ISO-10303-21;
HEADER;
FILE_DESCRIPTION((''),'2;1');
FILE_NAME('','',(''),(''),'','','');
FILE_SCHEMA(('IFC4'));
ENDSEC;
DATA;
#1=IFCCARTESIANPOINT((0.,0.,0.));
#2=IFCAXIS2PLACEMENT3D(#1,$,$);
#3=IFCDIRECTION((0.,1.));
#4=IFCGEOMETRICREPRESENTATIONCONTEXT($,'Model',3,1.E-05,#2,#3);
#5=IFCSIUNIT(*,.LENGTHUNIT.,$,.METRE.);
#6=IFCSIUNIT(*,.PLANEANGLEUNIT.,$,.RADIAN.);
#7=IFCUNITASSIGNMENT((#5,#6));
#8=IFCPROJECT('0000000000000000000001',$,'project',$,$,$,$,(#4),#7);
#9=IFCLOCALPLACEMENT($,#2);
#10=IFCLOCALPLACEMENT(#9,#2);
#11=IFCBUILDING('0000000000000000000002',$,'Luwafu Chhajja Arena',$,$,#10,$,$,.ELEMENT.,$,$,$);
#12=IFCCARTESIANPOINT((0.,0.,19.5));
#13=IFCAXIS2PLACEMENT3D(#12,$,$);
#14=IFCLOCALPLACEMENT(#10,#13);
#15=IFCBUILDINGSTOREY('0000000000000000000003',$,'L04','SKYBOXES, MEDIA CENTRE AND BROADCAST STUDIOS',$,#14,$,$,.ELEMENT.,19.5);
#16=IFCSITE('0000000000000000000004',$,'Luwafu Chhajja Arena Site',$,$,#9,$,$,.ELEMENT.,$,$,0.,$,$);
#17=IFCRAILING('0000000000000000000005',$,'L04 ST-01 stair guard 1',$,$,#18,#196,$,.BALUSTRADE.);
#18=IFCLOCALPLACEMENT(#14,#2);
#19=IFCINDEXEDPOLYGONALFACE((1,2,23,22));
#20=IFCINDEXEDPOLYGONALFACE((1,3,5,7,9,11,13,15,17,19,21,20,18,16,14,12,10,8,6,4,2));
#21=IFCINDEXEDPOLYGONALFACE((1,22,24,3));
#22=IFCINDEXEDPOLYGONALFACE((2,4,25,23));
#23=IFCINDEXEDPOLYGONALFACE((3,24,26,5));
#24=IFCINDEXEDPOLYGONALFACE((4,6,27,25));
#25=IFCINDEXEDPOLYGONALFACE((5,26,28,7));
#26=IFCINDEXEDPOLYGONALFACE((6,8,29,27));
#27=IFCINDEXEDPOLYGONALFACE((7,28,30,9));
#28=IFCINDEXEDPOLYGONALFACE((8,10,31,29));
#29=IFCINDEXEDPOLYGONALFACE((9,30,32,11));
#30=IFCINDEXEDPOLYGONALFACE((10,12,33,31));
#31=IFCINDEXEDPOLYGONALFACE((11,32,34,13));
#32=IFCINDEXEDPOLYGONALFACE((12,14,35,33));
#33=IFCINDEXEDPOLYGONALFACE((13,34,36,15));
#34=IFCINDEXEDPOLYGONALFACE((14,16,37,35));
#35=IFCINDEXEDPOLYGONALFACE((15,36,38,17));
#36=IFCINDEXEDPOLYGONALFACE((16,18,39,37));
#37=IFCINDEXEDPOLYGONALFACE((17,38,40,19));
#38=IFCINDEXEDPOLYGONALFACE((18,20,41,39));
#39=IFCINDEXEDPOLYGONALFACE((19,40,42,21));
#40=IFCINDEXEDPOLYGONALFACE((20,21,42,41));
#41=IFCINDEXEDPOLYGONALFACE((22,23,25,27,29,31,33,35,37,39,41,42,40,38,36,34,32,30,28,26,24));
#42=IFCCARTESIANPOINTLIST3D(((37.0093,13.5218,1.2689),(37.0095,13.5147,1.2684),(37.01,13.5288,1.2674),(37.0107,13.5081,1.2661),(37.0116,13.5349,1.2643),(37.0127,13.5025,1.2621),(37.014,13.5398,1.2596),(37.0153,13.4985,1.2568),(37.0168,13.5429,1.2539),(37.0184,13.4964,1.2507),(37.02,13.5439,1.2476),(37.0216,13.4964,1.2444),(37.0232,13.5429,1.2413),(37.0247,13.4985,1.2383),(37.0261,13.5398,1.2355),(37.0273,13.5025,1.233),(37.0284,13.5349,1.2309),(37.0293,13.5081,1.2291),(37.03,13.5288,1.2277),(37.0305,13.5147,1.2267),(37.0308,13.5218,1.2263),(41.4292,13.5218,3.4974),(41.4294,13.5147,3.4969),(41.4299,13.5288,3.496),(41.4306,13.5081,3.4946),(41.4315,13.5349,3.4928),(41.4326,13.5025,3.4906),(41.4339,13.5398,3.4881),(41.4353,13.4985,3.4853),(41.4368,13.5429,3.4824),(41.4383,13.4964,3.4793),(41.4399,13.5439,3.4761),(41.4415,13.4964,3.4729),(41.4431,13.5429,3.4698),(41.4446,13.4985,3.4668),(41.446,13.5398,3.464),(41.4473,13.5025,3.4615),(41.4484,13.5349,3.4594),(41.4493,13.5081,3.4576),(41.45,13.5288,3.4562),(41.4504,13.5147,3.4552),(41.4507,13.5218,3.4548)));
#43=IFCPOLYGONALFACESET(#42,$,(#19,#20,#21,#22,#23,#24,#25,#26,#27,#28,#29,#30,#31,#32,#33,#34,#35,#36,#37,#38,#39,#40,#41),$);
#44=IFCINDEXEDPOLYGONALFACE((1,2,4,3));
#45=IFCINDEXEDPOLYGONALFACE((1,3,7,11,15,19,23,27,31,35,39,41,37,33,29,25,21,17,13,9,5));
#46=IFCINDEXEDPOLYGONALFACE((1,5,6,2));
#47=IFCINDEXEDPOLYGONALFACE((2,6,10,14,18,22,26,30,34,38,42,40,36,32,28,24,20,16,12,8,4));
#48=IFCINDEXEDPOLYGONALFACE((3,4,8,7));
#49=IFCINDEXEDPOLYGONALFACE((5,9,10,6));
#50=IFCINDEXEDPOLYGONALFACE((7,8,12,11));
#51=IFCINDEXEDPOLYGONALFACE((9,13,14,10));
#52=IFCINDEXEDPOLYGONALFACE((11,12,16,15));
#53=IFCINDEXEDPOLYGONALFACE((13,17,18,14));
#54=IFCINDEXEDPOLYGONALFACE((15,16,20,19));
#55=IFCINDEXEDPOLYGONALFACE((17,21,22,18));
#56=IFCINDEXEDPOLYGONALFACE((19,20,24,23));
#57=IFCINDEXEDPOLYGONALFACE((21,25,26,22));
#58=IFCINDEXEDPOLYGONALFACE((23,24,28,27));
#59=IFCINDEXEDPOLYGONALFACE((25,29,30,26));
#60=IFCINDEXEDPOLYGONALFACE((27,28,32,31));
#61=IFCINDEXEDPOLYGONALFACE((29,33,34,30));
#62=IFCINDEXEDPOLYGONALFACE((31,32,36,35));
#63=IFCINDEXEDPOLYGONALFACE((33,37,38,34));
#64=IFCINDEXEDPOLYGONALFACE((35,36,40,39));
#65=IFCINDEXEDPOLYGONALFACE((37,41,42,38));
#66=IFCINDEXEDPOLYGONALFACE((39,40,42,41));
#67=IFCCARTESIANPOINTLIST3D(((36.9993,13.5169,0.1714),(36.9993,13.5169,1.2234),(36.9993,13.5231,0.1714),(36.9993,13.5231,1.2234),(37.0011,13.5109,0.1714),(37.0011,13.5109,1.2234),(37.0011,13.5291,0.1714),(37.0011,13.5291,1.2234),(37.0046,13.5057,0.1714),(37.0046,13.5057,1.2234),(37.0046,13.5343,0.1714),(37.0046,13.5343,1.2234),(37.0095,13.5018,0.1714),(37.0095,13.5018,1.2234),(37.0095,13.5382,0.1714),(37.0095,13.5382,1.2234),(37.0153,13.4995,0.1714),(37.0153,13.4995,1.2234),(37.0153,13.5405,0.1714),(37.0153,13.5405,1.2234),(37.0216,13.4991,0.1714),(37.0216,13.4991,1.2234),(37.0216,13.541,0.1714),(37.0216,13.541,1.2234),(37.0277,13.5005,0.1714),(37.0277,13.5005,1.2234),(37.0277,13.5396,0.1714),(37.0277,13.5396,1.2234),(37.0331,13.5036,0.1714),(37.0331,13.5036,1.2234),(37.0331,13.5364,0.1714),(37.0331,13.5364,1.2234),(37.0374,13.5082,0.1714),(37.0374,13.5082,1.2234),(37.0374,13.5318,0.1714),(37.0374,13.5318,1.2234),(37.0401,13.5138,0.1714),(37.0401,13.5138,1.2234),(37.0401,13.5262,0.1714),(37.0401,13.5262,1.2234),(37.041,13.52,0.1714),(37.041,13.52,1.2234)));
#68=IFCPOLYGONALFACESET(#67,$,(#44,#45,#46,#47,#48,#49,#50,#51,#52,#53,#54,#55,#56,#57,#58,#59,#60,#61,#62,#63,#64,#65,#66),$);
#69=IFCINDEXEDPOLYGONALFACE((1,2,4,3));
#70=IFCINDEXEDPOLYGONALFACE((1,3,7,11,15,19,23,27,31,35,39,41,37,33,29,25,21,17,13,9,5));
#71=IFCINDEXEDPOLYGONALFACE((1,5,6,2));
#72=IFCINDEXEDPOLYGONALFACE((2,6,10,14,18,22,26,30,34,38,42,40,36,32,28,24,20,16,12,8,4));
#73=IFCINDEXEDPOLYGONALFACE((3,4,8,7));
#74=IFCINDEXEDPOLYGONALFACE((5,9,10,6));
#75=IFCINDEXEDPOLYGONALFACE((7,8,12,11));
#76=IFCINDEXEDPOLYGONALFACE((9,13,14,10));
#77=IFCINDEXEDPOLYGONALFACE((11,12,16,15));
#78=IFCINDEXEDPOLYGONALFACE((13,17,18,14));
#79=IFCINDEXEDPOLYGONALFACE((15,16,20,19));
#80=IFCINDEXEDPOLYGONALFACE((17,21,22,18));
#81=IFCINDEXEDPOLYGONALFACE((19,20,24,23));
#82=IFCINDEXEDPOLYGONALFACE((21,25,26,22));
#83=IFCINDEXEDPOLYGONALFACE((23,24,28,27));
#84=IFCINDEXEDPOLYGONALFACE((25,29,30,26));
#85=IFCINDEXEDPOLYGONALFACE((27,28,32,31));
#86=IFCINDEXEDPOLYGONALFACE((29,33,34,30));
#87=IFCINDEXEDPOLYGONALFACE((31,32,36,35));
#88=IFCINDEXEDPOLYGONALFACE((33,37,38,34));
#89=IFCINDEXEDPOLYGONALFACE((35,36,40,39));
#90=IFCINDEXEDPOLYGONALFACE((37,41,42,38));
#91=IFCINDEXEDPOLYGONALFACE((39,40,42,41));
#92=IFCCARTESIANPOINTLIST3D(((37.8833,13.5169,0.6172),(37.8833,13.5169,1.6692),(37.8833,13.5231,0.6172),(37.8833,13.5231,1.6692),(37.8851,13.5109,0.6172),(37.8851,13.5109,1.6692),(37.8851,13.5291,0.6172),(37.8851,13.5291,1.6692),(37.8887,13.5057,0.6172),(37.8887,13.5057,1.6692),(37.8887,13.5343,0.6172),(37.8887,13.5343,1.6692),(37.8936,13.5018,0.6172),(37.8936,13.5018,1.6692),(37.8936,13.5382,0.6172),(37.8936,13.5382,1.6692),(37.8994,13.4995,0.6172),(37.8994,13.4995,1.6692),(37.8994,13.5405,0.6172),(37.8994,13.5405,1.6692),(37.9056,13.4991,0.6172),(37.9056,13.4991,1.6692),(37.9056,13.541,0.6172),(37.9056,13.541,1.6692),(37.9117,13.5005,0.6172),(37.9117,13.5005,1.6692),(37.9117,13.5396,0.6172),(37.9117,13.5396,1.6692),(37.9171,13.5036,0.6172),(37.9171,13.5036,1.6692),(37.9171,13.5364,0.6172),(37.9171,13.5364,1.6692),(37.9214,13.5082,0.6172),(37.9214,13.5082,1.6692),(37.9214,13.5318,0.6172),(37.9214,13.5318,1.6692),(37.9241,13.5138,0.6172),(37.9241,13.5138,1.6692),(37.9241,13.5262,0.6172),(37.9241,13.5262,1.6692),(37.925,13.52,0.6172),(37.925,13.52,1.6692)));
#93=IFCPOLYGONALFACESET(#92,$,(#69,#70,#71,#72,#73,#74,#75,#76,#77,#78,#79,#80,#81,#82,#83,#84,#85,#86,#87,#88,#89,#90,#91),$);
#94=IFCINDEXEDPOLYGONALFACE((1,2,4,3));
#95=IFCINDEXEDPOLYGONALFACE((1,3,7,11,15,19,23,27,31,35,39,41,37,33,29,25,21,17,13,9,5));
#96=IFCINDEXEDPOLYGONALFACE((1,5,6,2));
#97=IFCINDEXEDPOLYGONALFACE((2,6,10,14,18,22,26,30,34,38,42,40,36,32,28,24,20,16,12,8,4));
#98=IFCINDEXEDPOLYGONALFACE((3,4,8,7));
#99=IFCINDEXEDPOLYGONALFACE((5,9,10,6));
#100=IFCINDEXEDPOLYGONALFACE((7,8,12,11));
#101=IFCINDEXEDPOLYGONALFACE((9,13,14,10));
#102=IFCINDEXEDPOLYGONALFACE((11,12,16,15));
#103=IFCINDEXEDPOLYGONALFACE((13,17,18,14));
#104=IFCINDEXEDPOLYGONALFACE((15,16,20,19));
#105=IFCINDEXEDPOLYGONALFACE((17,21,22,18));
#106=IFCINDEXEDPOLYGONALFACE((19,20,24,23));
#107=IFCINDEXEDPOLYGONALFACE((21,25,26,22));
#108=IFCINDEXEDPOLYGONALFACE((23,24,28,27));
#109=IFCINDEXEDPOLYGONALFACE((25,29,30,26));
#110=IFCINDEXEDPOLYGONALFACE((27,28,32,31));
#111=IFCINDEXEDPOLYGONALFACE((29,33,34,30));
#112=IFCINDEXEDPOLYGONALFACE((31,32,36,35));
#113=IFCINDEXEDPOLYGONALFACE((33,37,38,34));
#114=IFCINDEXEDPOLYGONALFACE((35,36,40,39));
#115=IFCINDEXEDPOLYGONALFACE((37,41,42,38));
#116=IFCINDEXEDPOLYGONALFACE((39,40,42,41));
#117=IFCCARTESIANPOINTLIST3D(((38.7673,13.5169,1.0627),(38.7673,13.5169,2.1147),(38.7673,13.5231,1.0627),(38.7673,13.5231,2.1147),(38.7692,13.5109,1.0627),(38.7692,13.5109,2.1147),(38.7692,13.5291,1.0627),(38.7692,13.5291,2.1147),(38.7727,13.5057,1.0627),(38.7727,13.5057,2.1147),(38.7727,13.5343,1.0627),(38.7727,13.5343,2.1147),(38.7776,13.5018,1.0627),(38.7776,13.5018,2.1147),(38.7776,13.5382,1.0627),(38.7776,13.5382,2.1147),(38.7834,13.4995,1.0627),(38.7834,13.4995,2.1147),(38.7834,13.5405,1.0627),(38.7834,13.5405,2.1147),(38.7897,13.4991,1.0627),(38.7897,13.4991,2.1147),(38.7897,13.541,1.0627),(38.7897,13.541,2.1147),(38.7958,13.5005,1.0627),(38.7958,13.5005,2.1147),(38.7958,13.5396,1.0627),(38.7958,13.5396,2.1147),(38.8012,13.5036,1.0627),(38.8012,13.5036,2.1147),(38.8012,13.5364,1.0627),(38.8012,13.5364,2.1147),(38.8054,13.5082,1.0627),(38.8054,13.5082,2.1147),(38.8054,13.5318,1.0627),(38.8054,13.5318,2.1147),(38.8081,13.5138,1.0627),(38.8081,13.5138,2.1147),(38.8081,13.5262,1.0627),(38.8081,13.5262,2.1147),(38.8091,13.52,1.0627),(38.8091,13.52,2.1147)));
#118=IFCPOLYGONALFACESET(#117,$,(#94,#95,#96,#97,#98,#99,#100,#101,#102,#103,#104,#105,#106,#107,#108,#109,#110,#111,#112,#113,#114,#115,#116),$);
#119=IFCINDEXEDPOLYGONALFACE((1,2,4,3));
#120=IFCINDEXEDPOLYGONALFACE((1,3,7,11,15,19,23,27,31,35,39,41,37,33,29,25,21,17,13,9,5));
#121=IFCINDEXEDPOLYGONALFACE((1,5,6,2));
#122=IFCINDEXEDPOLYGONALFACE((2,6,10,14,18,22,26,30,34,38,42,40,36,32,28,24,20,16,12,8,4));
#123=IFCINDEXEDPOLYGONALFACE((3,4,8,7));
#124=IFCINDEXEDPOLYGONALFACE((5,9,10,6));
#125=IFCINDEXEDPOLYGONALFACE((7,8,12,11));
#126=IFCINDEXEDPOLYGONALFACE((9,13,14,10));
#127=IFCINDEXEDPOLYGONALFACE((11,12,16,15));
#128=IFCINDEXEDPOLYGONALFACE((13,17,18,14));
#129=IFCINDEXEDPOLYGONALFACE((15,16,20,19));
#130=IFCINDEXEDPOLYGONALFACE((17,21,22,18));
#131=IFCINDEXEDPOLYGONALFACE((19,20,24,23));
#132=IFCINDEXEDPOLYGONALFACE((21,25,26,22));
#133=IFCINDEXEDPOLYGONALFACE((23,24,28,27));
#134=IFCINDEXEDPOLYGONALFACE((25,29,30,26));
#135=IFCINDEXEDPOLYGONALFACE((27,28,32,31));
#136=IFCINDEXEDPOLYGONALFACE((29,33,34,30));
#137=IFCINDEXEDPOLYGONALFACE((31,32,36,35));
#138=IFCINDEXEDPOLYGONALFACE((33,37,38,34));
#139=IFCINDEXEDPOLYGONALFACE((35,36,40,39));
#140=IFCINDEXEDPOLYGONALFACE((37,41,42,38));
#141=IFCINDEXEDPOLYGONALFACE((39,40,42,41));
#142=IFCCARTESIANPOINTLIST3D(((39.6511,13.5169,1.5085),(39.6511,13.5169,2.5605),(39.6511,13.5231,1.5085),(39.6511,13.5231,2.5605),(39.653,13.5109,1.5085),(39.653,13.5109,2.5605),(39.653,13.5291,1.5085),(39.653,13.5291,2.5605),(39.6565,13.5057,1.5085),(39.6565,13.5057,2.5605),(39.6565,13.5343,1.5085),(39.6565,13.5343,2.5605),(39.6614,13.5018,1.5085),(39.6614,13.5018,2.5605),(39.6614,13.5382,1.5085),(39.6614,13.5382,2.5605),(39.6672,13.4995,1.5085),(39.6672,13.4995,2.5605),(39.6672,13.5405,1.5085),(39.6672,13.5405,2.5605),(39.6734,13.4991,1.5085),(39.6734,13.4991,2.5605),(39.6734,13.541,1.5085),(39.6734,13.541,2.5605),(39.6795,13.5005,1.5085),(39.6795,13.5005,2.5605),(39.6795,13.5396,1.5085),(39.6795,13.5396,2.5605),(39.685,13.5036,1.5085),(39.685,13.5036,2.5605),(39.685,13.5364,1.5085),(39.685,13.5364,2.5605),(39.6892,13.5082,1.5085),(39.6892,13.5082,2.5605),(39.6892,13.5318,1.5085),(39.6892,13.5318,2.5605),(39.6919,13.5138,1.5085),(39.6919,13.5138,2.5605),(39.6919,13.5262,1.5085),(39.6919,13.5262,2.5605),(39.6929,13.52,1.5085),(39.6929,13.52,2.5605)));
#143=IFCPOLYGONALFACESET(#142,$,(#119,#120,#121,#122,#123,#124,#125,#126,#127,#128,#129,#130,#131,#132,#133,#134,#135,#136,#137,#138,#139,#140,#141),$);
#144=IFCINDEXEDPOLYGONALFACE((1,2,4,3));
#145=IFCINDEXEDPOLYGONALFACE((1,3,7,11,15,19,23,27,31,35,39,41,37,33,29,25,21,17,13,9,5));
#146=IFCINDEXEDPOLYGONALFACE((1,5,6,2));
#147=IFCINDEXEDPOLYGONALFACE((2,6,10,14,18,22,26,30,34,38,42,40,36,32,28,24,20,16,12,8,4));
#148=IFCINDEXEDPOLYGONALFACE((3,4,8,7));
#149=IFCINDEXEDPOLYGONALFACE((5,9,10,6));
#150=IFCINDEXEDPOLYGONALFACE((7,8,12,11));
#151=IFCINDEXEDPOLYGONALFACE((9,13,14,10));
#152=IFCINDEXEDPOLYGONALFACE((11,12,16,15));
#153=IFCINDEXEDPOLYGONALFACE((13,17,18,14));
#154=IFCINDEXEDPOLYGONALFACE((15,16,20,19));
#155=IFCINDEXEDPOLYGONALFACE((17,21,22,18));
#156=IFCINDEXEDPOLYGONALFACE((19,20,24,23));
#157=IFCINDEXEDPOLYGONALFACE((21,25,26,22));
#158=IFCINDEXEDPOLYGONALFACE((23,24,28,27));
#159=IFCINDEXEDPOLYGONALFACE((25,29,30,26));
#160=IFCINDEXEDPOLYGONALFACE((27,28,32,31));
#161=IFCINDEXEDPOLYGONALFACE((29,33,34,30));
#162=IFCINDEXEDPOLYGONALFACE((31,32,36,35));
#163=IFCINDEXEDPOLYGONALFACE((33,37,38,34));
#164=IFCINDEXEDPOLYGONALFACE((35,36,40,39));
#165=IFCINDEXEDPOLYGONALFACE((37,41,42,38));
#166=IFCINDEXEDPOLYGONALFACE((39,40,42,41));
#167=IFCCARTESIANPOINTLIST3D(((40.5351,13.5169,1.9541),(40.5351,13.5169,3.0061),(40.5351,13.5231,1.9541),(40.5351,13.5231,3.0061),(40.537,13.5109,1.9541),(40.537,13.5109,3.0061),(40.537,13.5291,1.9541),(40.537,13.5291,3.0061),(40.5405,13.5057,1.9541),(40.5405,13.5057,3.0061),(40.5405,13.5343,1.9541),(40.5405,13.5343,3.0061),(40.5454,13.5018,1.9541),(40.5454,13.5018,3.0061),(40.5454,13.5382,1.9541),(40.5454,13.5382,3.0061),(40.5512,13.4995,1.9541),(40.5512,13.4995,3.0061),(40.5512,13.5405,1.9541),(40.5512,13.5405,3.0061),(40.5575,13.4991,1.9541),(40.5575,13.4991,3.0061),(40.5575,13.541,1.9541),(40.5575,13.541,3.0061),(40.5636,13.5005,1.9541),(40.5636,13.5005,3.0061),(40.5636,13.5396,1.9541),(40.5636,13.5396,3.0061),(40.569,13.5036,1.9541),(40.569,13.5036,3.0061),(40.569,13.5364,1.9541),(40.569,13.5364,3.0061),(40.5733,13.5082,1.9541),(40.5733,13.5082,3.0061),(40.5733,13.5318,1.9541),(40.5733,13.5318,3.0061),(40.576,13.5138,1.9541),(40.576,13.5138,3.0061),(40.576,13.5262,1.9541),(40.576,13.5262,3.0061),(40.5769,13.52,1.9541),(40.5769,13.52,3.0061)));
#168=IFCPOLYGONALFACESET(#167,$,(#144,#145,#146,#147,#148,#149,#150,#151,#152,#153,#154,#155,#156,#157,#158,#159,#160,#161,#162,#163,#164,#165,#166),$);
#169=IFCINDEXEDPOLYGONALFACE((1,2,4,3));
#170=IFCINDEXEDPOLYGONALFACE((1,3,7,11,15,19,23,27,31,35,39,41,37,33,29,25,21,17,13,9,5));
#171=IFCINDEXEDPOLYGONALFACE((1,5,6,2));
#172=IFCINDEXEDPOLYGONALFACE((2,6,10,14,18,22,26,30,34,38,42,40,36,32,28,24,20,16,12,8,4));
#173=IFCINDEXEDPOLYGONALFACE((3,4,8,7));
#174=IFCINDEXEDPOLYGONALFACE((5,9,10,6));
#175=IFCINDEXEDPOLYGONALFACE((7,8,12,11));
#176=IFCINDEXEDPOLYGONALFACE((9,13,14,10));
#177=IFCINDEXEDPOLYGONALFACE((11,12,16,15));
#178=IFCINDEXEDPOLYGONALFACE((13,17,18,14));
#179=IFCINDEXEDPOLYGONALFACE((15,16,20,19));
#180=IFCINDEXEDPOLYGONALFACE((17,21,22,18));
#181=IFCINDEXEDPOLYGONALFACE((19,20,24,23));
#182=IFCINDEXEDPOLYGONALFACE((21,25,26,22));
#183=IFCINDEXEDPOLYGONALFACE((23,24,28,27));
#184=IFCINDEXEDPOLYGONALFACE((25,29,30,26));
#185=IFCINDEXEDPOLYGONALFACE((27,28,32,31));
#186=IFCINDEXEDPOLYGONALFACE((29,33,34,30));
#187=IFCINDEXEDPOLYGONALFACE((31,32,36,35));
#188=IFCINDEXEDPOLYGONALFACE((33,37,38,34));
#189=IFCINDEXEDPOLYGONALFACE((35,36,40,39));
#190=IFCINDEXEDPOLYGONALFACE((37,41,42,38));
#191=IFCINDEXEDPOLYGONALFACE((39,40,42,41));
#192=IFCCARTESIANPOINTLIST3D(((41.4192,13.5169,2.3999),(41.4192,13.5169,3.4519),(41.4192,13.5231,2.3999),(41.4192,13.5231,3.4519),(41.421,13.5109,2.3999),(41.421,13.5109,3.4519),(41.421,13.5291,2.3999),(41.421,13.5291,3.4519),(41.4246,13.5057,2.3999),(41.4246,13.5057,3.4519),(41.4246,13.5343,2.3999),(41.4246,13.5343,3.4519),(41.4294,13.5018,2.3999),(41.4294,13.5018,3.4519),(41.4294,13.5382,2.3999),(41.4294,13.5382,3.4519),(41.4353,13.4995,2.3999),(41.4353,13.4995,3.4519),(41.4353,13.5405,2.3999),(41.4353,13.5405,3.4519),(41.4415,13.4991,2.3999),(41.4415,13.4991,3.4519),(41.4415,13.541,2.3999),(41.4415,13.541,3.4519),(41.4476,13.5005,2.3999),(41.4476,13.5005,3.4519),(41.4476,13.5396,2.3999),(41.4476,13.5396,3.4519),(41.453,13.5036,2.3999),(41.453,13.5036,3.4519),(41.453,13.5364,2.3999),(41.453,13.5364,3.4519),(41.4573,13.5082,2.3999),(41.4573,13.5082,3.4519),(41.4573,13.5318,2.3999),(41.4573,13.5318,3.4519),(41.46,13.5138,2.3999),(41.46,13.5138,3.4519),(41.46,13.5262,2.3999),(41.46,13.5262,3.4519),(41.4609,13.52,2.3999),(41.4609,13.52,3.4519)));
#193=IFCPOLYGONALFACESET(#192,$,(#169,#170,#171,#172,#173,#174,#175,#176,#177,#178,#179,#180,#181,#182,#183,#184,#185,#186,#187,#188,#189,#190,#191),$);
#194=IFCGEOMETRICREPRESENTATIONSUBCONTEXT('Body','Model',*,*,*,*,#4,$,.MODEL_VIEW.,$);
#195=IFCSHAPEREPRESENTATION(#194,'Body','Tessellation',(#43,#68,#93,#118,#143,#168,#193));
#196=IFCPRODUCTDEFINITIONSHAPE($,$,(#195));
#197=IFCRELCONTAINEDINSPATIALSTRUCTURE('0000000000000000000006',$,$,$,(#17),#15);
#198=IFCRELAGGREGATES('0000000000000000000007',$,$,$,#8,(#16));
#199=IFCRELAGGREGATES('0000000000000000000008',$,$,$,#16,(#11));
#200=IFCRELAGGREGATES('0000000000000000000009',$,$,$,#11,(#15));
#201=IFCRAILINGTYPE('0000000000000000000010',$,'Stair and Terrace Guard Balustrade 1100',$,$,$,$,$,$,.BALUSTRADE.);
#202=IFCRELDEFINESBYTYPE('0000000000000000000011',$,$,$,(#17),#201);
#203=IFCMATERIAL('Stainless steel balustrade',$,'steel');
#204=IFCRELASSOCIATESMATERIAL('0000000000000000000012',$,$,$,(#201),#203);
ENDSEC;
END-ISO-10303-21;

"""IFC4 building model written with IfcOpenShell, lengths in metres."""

from ifc_helpers import new_model, si_unit, direction, frame, origin, origin_2d, place, context, subcontext, project, spatial, circle, extrude, material, type_object, element, save


model = new_model("IFC4")

# Units and contexts
model_context = context("Model", 3, precision=1e-05, world=origin(), true_north=direction((0.0, 1.0)))
body_context = subcontext(model_context, "Body", "Model", "MODEL_VIEW")
ifc_project = project(units=[si_unit("LENGTHUNIT", "METRE"), si_unit("PLANEANGLEUNIT", "RADIAN")], contexts=[model_context])

# Site, building, storey
site_placement = place(None, origin())
site = spatial("IfcSite", under=ifc_project, at=site_placement, Name="Luwafu Chhajja Arena Site", CompositionType="ELEMENT", RefElevation=0.0)
building_placement = place(site_placement, origin())
building = spatial("IfcBuilding", under=site, at=building_placement, Name="Luwafu Chhajja Arena", CompositionType="ELEMENT")
storey_placement = place(building_placement, frame((0.0, 0.0, 19.5)))
storey = spatial("IfcBuildingStorey", under=building, at=storey_placement, Name="L04", Description="SKYBOXES, MEDIA CENTRE AND BROADCAST STUDIOS", CompositionType="ELEMENT", Elevation=19.5)

# Railing
ifc_material_1 = material(Name="Stainless steel balustrade", Category="steel")
railing_type_1 = type_object("IfcRailingType", Name="Stair and Terrace Guard Balustrade 1100", PredefinedType="BALUSTRADE", material=ifc_material_1)
railing_1_placement = place(storey_placement, frame((37.02, 13.52, 0.1714)))
element("IfcRailing", 1, at=railing_1_placement, inside=storey, type_object=railing_type_1, Name="L04 ST-01 stair guard 1", PredefinedType="BALUSTRADE", context=body_context, shape_type="SweptSolid", body=[
    extrude(circle(Radius=0.0239, at=origin_2d()), frame((0.0, 0.0, 1.0762), z_axis=(0.892923, 0.0, 0.45021), x_axis=(0.0, 1.0, 0.0)), (0.0, 0.0, 1.0), 4.95),
    extrude(circle(Radius=0.021, at=origin_2d()), origin(), (0.0, 0.0, 1.0), 1.052),
    extrude(circle(Radius=0.021, at=origin_2d()), frame((0.884, 0.0, 0.4458)), (0.0, 0.0, 1.0), 1.052),
    extrude(circle(Radius=0.021, at=origin_2d()), frame((1.7681, 0.0, 0.8914)), (0.0, 0.0, 1.0), 1.052),
    extrude(circle(Radius=0.021, at=origin_2d()), frame((2.6519, 0.0, 1.3372)), (0.0, 0.0, 1.0), 1.052),
    extrude(circle(Radius=0.021, at=origin_2d()), frame((3.5359, 0.0, 1.7827)), (0.0, 0.0, 1.0), 1.052),
    extrude(circle(Radius=0.021, at=origin_2d()), frame((4.4199, 0.0, 2.2285)), (0.0, 0.0, 1.0), 1.052),
])

save(model, "model.ifc")
